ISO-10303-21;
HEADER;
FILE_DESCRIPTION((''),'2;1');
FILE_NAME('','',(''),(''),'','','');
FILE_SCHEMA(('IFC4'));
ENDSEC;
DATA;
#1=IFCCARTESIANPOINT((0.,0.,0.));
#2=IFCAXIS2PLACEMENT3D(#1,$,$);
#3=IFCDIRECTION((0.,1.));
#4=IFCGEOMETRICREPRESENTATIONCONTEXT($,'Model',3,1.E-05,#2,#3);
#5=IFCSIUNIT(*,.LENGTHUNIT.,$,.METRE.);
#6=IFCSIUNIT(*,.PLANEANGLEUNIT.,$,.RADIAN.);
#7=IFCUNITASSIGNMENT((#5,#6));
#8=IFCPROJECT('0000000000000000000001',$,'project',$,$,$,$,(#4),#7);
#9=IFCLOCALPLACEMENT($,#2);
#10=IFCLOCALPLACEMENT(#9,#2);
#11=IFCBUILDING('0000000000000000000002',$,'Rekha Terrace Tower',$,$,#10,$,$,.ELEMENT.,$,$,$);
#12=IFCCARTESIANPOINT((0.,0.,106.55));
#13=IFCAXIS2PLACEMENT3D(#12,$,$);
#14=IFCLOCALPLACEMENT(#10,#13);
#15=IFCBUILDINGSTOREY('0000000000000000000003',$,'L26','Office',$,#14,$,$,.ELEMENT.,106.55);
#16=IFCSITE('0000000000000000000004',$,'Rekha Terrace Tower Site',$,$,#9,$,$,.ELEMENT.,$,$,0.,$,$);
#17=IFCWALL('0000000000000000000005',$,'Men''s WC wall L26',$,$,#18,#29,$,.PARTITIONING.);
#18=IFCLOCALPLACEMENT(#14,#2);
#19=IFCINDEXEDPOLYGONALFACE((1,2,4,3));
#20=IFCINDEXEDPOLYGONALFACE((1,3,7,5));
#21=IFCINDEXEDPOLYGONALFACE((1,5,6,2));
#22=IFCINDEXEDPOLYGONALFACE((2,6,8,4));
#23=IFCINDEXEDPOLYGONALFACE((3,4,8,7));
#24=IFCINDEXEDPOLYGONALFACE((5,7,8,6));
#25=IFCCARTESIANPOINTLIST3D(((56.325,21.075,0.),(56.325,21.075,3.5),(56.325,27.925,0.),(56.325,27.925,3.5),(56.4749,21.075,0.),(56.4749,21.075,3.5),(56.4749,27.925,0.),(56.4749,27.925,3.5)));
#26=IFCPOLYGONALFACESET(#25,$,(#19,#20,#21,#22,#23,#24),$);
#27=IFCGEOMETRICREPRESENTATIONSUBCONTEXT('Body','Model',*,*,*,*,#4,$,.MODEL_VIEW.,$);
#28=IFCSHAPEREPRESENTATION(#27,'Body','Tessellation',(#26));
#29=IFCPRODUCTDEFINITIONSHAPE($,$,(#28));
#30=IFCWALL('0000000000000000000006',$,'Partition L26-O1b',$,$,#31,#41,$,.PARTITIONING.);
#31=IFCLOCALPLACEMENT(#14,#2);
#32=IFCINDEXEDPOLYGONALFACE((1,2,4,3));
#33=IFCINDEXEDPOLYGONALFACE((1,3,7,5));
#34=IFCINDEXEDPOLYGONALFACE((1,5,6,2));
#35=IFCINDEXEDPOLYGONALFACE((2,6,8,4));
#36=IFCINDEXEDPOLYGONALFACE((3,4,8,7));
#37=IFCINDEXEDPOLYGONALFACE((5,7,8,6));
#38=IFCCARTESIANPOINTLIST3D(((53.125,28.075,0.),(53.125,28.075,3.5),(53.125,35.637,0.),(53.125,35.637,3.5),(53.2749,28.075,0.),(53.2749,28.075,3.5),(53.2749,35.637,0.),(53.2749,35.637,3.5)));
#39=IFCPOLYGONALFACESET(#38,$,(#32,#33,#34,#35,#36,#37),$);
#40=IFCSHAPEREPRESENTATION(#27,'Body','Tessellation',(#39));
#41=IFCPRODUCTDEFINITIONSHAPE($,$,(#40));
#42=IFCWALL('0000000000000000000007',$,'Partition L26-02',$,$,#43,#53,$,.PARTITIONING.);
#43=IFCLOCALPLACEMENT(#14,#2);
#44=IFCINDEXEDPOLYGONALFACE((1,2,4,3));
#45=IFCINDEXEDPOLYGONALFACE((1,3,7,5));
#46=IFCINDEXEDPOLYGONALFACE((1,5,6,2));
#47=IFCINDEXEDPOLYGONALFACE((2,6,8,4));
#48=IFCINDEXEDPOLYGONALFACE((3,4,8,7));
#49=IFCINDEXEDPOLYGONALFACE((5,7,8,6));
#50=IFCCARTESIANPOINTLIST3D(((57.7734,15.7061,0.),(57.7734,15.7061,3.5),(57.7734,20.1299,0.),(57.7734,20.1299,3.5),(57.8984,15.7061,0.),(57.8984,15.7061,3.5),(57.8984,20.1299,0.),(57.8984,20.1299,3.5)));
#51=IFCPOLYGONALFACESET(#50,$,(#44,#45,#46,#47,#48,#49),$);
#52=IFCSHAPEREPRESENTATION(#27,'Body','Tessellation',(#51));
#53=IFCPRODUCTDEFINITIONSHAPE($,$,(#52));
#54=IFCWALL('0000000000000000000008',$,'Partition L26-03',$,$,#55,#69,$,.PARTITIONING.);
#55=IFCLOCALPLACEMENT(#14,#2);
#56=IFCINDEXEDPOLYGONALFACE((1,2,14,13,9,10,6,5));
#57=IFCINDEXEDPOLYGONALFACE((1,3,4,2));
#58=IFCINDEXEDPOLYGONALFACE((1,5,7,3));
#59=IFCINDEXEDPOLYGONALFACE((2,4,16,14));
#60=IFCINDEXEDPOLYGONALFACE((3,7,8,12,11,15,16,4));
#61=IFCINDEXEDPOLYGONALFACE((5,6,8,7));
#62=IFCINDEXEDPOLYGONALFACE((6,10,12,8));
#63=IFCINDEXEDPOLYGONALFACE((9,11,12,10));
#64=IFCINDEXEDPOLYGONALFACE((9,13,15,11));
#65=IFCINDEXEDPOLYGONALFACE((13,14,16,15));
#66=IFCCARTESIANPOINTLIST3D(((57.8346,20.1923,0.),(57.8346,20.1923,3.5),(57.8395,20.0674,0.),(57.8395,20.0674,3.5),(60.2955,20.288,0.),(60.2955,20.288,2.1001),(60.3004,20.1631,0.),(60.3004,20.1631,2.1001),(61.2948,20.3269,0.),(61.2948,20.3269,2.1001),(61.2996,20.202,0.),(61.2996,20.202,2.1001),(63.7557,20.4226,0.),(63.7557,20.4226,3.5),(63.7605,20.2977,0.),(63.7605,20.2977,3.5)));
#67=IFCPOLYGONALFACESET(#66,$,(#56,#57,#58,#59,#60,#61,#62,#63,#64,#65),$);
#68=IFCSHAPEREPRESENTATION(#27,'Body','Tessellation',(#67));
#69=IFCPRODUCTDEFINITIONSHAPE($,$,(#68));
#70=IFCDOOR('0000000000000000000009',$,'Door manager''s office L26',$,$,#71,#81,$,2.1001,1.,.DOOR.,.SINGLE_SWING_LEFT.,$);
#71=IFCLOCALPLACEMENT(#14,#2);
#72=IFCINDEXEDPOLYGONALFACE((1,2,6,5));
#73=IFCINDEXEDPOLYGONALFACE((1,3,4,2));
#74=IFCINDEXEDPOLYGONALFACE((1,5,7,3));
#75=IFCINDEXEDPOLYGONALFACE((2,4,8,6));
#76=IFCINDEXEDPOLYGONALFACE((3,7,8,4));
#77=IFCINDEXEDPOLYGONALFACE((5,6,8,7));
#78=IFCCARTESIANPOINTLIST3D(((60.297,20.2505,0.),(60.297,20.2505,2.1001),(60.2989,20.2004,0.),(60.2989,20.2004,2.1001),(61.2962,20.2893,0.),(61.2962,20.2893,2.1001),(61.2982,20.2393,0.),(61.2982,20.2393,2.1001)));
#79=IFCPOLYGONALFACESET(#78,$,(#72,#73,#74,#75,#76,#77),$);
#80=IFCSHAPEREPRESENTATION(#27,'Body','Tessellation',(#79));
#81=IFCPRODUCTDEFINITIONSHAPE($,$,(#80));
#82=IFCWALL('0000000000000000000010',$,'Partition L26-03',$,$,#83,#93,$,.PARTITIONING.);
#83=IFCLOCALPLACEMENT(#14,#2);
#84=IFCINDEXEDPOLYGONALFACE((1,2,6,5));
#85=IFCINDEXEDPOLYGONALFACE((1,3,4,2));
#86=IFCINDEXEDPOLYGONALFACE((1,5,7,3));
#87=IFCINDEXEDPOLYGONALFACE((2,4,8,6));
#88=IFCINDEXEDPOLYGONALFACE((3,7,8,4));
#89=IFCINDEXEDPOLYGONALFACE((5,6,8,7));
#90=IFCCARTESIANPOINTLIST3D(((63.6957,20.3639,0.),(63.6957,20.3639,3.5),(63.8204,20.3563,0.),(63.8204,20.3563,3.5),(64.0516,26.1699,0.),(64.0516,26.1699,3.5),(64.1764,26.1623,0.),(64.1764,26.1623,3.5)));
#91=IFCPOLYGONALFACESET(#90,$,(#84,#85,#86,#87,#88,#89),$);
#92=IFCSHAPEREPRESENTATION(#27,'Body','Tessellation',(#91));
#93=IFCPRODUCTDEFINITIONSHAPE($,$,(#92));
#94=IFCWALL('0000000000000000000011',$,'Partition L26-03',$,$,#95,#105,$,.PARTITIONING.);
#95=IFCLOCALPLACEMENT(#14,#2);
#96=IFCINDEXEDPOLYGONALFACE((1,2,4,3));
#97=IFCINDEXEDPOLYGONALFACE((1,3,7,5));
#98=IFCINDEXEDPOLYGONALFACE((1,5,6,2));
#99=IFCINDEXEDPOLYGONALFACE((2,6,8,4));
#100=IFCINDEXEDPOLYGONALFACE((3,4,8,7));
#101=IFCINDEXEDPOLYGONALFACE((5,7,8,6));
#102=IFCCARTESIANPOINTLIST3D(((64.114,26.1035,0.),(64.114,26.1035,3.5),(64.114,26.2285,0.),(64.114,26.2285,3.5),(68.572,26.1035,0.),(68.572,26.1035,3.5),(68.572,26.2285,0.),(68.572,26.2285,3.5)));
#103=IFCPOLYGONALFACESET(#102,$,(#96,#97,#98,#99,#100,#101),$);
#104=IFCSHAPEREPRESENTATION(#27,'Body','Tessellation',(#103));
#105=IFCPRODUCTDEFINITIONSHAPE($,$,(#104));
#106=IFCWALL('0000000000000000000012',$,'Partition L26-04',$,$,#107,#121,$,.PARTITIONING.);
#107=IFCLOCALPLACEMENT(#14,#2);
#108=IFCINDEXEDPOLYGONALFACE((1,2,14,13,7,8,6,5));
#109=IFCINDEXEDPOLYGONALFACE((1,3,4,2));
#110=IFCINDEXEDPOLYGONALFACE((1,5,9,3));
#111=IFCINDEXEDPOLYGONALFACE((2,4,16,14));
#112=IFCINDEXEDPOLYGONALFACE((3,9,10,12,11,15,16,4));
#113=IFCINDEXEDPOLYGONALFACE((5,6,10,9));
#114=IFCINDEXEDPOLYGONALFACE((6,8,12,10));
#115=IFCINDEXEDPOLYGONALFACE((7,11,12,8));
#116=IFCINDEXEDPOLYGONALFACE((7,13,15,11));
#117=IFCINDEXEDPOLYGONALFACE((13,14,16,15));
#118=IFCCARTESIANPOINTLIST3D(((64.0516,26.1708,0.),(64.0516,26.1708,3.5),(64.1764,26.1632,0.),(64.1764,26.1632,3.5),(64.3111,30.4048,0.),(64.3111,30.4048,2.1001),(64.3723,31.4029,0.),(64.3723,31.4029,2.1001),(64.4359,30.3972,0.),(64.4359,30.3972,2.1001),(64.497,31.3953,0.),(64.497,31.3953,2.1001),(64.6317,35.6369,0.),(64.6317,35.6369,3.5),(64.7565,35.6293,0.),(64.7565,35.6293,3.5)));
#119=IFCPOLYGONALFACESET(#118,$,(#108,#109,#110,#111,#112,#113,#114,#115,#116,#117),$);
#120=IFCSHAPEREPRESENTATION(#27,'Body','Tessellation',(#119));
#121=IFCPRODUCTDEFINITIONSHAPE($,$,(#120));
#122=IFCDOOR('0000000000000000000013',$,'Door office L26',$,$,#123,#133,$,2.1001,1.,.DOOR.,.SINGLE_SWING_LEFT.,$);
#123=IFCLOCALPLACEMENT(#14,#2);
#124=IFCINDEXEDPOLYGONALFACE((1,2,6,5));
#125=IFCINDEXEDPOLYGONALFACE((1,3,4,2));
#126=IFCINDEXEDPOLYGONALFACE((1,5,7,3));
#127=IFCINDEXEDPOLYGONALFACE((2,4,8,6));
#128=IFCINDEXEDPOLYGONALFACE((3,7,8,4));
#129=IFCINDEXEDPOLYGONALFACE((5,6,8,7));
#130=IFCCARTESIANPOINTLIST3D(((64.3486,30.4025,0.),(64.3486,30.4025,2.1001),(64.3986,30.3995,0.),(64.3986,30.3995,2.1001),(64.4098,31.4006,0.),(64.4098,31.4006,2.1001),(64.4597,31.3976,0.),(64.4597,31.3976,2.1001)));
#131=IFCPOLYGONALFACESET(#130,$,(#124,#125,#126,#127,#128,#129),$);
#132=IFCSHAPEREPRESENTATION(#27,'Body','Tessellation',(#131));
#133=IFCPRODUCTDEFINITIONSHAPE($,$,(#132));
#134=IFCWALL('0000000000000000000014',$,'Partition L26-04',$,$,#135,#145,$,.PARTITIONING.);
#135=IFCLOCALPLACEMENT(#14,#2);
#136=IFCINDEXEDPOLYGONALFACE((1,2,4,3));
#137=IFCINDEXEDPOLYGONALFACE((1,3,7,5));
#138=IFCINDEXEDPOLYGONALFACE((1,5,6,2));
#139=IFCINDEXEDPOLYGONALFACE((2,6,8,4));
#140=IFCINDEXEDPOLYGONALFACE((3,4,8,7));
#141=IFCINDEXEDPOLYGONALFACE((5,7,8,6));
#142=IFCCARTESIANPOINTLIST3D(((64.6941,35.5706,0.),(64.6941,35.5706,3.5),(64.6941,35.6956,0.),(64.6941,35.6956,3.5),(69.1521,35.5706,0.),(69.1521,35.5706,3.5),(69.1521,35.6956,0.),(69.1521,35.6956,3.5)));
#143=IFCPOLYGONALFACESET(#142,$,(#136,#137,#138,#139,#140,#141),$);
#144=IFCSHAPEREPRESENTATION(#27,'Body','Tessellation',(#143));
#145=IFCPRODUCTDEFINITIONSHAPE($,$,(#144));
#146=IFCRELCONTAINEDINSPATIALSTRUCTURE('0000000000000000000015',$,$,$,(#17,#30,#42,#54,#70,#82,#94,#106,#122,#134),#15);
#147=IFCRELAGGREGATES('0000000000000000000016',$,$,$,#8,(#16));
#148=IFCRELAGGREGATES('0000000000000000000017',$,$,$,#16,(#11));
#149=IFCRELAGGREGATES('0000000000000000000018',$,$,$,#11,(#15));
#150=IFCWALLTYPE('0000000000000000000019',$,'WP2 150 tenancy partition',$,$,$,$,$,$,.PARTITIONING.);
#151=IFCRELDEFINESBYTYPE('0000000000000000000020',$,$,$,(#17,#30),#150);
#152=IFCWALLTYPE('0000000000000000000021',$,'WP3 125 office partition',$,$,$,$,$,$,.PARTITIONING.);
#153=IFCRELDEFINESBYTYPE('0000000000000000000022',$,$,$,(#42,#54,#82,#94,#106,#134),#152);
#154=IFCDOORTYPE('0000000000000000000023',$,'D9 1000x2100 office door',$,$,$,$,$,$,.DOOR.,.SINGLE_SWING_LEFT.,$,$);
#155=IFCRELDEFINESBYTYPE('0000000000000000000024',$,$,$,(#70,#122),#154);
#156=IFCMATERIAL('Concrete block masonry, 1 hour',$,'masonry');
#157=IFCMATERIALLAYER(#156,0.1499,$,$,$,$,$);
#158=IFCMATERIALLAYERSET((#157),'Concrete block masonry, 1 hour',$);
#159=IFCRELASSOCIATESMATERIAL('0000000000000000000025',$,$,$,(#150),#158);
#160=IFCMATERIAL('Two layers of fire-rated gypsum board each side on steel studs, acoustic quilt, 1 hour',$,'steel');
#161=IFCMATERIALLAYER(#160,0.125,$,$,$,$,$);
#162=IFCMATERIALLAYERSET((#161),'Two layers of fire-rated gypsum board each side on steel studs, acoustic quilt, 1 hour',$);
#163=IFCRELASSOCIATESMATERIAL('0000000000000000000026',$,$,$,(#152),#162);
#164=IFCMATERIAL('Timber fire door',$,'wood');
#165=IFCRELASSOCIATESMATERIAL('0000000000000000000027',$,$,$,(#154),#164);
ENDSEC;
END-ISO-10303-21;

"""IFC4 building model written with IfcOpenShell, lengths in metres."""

from ifc_helpers import new_model, si_unit, direction, frame, frame_2d, origin, place, context, subcontext, project, spatial, rectangle, extrude, material, layer, layer_set, type_object, element, fill, save


model = new_model("IFC4")

# Units and contexts
model_context = context("Model", 3, precision=1e-05, world=origin(), true_north=direction((0.0, 1.0)))
body_context = subcontext(model_context, "Body", "Model", "MODEL_VIEW")
ifc_project = project(units=[si_unit("LENGTHUNIT", "METRE"), si_unit("PLANEANGLEUNIT", "RADIAN")], contexts=[model_context])

# Site, building, storey
site_placement = place(None, origin())
site = spatial("IfcSite", under=ifc_project, at=site_placement, Name="Rekha Terrace Tower Site", CompositionType="ELEMENT", RefElevation=0.0)
building_placement = place(site_placement, origin())
building = spatial("IfcBuilding", under=site, at=building_placement, Name="Rekha Terrace Tower", CompositionType="ELEMENT")
storey_placement = place(building_placement, frame((0.0, 0.0, 106.55)))
storey = spatial("IfcBuildingStorey", under=building, at=storey_placement, Name="L26", Description="Office", CompositionType="ELEMENT", Elevation=106.55)

# Shared definitions
ifc_material_1 = material(Name="Concrete block masonry, 1 hour", Category="masonry")
ifc_layer_1 = layer(ifc_material_1, 0.1499)
ifc_layer_set_1 = layer_set([ifc_layer_1], Name="Concrete block masonry, 1 hour")
wall_type_1 = type_object("IfcWallType", Name="WP2 150 tenancy partition", PredefinedType="PARTITIONING", material=ifc_layer_set_1)

# Walls
wall_1_placement = place(storey_placement, frame((56.3999, 21.075, 0.0), z_axis=(0.0, 0.0, 1.0), x_axis=(0.0, 1.0, 0.0)))
element("IfcWall", 1, at=wall_1_placement, inside=storey, type_object=wall_type_1, Name="Men's WC wall L26", PredefinedType="PARTITIONING", context=body_context, shape_type="SweptSolid", body=[
    extrude(rectangle(XDim=6.8501, YDim=0.1499, at=frame_2d((3.425, 0.0))), origin(), (0.0, 0.0, 1.0), 3.5),
])
wall_2_placement = place(storey_placement, frame((53.2, 28.075, 0.0), z_axis=(0.0, 0.0, 1.0), x_axis=(0.0, 1.0, 0.0)))
element("IfcWall", 2, at=wall_2_placement, inside=storey, type_object=wall_type_1, Name="Partition L26-O1b", PredefinedType="PARTITIONING", context=body_context, shape_type="SweptSolid", body=[
    extrude(rectangle(XDim=7.562, YDim=0.1499, at=frame_2d((3.781, 0.0))), origin(), (0.0, 0.0, 1.0), 3.5),
])
ifc_material_2 = material(Name="Two layers of fire-rated gypsum board each side on steel studs, acoustic quilt, 1 hour", Category="steel")
ifc_layer_2 = layer(ifc_material_2, 0.125)
ifc_layer_set_2 = layer_set([ifc_layer_2], Name="Two layers of fire-rated gypsum board each side on steel studs, acoustic quilt, 1 hour")
wall_type_2 = type_object("IfcWallType", Name="WP3 125 office partition", PredefinedType="PARTITIONING", material=ifc_layer_set_2)
wall_3_placement = place(storey_placement, frame((57.8359, 20.1299, 0.0), z_axis=(0.0, 0.0, 1.0), x_axis=(0.0, -1.0, 0.0)))
element("IfcWall", 3, at=wall_3_placement, inside=storey, type_object=wall_type_2, Name="Partition L26-02", PredefinedType="PARTITIONING", context=body_context, shape_type="SweptSolid", body=[
    extrude(rectangle(XDim=4.4238, YDim=0.125, at=frame_2d((2.2119, 0.0))), origin(), (0.0, 0.0, 1.0), 3.5),
])

# Wall, opening, door
wall_4_placement = place(storey_placement, frame((57.8369, 20.1299, 0.0), z_axis=(0.0, 0.0, 1.0), x_axis=(0.999245, 0.038852, 0.0)))
wall_4 = element("IfcWall", 4, at=wall_4_placement, inside=storey, type_object=wall_type_2, Name="Partition L26-03", PredefinedType="PARTITIONING", context=body_context, shape_type="SweptSolid", body=[
    extrude(rectangle(XDim=5.9255, YDim=0.125, at=frame_2d((2.9629, 0.0))), origin(), (0.0, 0.0, 1.0), 3.5),
])
opening_1_placement = place(wall_4_placement, frame((2.4629, 0.0, 0.0)))
opening_1 = element("IfcOpeningElement", 5, at=opening_1_placement, cuts=wall_4, PredefinedType="OPENING", context=body_context, shape_type="SweptSolid", body=[
    extrude(rectangle(XDim=1.0, YDim=2.1001, at=frame_2d((0.5, 1.05))), frame((0.0, 0.0725, 0.0), z_axis=(0.0, -1.0, 0.0), x_axis=(1.0, 0.0, 0.0)), (0.0, 0.0, 1.0), 0.145),
])
ifc_material_3 = material(Name="Timber fire door", Category="wood")
door_type_1 = type_object("IfcDoorType", Name="D9 1000x2100 office door", OperationType="SINGLE_SWING_LEFT", PredefinedType="DOOR", material=ifc_material_3)
door_1_placement = place(opening_1_placement, origin())
door_1 = element("IfcDoor", 6, at=door_1_placement, inside=storey, type_object=door_type_1, Name="Door manager's office L26", OperationType="SINGLE_SWING_LEFT", OverallHeight=2.1001, OverallWidth=1.0, PredefinedType="DOOR", context=body_context, shape_type="SweptSolid", body=[
    extrude(rectangle(XDim=1.0, YDim=2.1001, at=frame_2d((0.5, 1.05))), frame((0.0, 0.0249, 0.0), z_axis=(0.0, -1.0, 0.0), x_axis=(1.0, 0.0, 0.0)), (0.0, 0.0, 1.0), 0.05),
])
fill(opening_1, door_1)

# Walls
wall_5_placement = place(storey_placement, frame((63.7581, 20.3601, 0.0), z_axis=(0.0, 0.0, 1.0), x_axis=(0.061195, 0.998126, 0.0)))
element("IfcWall", 7, at=wall_5_placement, inside=storey, type_object=wall_type_2, Name="Partition L26-03", PredefinedType="PARTITIONING", context=body_context, shape_type="SweptSolid", body=[
    extrude(rectangle(XDim=5.8169, YDim=0.125, at=frame_2d((2.9084, 0.0))), origin(), (0.0, 0.0, 1.0), 3.5),
])
wall_6_placement = place(storey_placement, frame((64.114, 26.166, 0.0), z_axis=(0.0, 0.0, 1.0), x_axis=(1.0, 0.0, 0.0)))
element("IfcWall", 8, at=wall_6_placement, inside=storey, type_object=wall_type_2, Name="Partition L26-03", PredefinedType="PARTITIONING", context=body_context, shape_type="SweptSolid", body=[
    extrude(rectangle(XDim=4.458, YDim=0.125, at=frame_2d((2.229, 0.0))), origin(), (0.0, 0.0, 1.0), 3.5),
])

# Wall, opening, door
wall_7_placement = place(storey_placement, frame((64.114, 26.167, 0.0), z_axis=(0.0, 0.0, 1.0), x_axis=(0.061165, 0.998128, 0.0)))
wall_7 = element("IfcWall", 9, at=wall_7_placement, inside=storey, type_object=wall_type_2, Name="Partition L26-04", PredefinedType="PARTITIONING", context=body_context, shape_type="SweptSolid", body=[
    extrude(rectangle(XDim=9.4839, YDim=0.125, at=frame_2d((4.7419, 0.0))), origin(), (0.0, 0.0, 1.0), 3.5),
])
opening_2_placement = place(wall_7_placement, frame((4.2419, 0.0, 0.0)))
opening_2 = element("IfcOpeningElement", 10, at=opening_2_placement, cuts=wall_7, PredefinedType="OPENING", context=body_context, shape_type="SweptSolid", body=[
    extrude(rectangle(XDim=1.0, YDim=2.1001, at=frame_2d((0.5, 1.05))), frame((0.0, 0.0725, 0.0), z_axis=(0.0, -1.0, 0.0), x_axis=(1.0, 0.0, 0.0)), (0.0, 0.0, 1.0), 0.145),
])
door_2_placement = place(opening_2_placement, origin())
door_2 = element("IfcDoor", 11, at=door_2_placement, inside=storey, type_object=door_type_1, Name="Door office L26", OperationType="SINGLE_SWING_LEFT", OverallHeight=2.1001, OverallWidth=1.0, PredefinedType="DOOR", context=body_context, shape_type="SweptSolid", body=[
    extrude(rectangle(XDim=1.0, YDim=2.1001, at=frame_2d((0.5, 1.05))), frame((0.0, 0.0249, 0.0), z_axis=(0.0, -1.0, 0.0), x_axis=(1.0, 0.0, 0.0)), (0.0, 0.0, 1.0), 0.05),
])
fill(opening_2, door_2)

# Wall
wall_8_placement = place(storey_placement, frame((64.6941, 35.6331, 0.0), z_axis=(0.0, 0.0, 1.0), x_axis=(1.0, 0.0, 0.0)))
element("IfcWall", 12, at=wall_8_placement, inside=storey, type_object=wall_type_2, Name="Partition L26-04", PredefinedType="PARTITIONING", context=body_context, shape_type="SweptSolid", body=[
    extrude(rectangle(XDim=4.458, YDim=0.125, at=frame_2d((2.229, 0.0))), origin(), (0.0, 0.0, 1.0), 3.5),
])

save(model, "model.ifc")
